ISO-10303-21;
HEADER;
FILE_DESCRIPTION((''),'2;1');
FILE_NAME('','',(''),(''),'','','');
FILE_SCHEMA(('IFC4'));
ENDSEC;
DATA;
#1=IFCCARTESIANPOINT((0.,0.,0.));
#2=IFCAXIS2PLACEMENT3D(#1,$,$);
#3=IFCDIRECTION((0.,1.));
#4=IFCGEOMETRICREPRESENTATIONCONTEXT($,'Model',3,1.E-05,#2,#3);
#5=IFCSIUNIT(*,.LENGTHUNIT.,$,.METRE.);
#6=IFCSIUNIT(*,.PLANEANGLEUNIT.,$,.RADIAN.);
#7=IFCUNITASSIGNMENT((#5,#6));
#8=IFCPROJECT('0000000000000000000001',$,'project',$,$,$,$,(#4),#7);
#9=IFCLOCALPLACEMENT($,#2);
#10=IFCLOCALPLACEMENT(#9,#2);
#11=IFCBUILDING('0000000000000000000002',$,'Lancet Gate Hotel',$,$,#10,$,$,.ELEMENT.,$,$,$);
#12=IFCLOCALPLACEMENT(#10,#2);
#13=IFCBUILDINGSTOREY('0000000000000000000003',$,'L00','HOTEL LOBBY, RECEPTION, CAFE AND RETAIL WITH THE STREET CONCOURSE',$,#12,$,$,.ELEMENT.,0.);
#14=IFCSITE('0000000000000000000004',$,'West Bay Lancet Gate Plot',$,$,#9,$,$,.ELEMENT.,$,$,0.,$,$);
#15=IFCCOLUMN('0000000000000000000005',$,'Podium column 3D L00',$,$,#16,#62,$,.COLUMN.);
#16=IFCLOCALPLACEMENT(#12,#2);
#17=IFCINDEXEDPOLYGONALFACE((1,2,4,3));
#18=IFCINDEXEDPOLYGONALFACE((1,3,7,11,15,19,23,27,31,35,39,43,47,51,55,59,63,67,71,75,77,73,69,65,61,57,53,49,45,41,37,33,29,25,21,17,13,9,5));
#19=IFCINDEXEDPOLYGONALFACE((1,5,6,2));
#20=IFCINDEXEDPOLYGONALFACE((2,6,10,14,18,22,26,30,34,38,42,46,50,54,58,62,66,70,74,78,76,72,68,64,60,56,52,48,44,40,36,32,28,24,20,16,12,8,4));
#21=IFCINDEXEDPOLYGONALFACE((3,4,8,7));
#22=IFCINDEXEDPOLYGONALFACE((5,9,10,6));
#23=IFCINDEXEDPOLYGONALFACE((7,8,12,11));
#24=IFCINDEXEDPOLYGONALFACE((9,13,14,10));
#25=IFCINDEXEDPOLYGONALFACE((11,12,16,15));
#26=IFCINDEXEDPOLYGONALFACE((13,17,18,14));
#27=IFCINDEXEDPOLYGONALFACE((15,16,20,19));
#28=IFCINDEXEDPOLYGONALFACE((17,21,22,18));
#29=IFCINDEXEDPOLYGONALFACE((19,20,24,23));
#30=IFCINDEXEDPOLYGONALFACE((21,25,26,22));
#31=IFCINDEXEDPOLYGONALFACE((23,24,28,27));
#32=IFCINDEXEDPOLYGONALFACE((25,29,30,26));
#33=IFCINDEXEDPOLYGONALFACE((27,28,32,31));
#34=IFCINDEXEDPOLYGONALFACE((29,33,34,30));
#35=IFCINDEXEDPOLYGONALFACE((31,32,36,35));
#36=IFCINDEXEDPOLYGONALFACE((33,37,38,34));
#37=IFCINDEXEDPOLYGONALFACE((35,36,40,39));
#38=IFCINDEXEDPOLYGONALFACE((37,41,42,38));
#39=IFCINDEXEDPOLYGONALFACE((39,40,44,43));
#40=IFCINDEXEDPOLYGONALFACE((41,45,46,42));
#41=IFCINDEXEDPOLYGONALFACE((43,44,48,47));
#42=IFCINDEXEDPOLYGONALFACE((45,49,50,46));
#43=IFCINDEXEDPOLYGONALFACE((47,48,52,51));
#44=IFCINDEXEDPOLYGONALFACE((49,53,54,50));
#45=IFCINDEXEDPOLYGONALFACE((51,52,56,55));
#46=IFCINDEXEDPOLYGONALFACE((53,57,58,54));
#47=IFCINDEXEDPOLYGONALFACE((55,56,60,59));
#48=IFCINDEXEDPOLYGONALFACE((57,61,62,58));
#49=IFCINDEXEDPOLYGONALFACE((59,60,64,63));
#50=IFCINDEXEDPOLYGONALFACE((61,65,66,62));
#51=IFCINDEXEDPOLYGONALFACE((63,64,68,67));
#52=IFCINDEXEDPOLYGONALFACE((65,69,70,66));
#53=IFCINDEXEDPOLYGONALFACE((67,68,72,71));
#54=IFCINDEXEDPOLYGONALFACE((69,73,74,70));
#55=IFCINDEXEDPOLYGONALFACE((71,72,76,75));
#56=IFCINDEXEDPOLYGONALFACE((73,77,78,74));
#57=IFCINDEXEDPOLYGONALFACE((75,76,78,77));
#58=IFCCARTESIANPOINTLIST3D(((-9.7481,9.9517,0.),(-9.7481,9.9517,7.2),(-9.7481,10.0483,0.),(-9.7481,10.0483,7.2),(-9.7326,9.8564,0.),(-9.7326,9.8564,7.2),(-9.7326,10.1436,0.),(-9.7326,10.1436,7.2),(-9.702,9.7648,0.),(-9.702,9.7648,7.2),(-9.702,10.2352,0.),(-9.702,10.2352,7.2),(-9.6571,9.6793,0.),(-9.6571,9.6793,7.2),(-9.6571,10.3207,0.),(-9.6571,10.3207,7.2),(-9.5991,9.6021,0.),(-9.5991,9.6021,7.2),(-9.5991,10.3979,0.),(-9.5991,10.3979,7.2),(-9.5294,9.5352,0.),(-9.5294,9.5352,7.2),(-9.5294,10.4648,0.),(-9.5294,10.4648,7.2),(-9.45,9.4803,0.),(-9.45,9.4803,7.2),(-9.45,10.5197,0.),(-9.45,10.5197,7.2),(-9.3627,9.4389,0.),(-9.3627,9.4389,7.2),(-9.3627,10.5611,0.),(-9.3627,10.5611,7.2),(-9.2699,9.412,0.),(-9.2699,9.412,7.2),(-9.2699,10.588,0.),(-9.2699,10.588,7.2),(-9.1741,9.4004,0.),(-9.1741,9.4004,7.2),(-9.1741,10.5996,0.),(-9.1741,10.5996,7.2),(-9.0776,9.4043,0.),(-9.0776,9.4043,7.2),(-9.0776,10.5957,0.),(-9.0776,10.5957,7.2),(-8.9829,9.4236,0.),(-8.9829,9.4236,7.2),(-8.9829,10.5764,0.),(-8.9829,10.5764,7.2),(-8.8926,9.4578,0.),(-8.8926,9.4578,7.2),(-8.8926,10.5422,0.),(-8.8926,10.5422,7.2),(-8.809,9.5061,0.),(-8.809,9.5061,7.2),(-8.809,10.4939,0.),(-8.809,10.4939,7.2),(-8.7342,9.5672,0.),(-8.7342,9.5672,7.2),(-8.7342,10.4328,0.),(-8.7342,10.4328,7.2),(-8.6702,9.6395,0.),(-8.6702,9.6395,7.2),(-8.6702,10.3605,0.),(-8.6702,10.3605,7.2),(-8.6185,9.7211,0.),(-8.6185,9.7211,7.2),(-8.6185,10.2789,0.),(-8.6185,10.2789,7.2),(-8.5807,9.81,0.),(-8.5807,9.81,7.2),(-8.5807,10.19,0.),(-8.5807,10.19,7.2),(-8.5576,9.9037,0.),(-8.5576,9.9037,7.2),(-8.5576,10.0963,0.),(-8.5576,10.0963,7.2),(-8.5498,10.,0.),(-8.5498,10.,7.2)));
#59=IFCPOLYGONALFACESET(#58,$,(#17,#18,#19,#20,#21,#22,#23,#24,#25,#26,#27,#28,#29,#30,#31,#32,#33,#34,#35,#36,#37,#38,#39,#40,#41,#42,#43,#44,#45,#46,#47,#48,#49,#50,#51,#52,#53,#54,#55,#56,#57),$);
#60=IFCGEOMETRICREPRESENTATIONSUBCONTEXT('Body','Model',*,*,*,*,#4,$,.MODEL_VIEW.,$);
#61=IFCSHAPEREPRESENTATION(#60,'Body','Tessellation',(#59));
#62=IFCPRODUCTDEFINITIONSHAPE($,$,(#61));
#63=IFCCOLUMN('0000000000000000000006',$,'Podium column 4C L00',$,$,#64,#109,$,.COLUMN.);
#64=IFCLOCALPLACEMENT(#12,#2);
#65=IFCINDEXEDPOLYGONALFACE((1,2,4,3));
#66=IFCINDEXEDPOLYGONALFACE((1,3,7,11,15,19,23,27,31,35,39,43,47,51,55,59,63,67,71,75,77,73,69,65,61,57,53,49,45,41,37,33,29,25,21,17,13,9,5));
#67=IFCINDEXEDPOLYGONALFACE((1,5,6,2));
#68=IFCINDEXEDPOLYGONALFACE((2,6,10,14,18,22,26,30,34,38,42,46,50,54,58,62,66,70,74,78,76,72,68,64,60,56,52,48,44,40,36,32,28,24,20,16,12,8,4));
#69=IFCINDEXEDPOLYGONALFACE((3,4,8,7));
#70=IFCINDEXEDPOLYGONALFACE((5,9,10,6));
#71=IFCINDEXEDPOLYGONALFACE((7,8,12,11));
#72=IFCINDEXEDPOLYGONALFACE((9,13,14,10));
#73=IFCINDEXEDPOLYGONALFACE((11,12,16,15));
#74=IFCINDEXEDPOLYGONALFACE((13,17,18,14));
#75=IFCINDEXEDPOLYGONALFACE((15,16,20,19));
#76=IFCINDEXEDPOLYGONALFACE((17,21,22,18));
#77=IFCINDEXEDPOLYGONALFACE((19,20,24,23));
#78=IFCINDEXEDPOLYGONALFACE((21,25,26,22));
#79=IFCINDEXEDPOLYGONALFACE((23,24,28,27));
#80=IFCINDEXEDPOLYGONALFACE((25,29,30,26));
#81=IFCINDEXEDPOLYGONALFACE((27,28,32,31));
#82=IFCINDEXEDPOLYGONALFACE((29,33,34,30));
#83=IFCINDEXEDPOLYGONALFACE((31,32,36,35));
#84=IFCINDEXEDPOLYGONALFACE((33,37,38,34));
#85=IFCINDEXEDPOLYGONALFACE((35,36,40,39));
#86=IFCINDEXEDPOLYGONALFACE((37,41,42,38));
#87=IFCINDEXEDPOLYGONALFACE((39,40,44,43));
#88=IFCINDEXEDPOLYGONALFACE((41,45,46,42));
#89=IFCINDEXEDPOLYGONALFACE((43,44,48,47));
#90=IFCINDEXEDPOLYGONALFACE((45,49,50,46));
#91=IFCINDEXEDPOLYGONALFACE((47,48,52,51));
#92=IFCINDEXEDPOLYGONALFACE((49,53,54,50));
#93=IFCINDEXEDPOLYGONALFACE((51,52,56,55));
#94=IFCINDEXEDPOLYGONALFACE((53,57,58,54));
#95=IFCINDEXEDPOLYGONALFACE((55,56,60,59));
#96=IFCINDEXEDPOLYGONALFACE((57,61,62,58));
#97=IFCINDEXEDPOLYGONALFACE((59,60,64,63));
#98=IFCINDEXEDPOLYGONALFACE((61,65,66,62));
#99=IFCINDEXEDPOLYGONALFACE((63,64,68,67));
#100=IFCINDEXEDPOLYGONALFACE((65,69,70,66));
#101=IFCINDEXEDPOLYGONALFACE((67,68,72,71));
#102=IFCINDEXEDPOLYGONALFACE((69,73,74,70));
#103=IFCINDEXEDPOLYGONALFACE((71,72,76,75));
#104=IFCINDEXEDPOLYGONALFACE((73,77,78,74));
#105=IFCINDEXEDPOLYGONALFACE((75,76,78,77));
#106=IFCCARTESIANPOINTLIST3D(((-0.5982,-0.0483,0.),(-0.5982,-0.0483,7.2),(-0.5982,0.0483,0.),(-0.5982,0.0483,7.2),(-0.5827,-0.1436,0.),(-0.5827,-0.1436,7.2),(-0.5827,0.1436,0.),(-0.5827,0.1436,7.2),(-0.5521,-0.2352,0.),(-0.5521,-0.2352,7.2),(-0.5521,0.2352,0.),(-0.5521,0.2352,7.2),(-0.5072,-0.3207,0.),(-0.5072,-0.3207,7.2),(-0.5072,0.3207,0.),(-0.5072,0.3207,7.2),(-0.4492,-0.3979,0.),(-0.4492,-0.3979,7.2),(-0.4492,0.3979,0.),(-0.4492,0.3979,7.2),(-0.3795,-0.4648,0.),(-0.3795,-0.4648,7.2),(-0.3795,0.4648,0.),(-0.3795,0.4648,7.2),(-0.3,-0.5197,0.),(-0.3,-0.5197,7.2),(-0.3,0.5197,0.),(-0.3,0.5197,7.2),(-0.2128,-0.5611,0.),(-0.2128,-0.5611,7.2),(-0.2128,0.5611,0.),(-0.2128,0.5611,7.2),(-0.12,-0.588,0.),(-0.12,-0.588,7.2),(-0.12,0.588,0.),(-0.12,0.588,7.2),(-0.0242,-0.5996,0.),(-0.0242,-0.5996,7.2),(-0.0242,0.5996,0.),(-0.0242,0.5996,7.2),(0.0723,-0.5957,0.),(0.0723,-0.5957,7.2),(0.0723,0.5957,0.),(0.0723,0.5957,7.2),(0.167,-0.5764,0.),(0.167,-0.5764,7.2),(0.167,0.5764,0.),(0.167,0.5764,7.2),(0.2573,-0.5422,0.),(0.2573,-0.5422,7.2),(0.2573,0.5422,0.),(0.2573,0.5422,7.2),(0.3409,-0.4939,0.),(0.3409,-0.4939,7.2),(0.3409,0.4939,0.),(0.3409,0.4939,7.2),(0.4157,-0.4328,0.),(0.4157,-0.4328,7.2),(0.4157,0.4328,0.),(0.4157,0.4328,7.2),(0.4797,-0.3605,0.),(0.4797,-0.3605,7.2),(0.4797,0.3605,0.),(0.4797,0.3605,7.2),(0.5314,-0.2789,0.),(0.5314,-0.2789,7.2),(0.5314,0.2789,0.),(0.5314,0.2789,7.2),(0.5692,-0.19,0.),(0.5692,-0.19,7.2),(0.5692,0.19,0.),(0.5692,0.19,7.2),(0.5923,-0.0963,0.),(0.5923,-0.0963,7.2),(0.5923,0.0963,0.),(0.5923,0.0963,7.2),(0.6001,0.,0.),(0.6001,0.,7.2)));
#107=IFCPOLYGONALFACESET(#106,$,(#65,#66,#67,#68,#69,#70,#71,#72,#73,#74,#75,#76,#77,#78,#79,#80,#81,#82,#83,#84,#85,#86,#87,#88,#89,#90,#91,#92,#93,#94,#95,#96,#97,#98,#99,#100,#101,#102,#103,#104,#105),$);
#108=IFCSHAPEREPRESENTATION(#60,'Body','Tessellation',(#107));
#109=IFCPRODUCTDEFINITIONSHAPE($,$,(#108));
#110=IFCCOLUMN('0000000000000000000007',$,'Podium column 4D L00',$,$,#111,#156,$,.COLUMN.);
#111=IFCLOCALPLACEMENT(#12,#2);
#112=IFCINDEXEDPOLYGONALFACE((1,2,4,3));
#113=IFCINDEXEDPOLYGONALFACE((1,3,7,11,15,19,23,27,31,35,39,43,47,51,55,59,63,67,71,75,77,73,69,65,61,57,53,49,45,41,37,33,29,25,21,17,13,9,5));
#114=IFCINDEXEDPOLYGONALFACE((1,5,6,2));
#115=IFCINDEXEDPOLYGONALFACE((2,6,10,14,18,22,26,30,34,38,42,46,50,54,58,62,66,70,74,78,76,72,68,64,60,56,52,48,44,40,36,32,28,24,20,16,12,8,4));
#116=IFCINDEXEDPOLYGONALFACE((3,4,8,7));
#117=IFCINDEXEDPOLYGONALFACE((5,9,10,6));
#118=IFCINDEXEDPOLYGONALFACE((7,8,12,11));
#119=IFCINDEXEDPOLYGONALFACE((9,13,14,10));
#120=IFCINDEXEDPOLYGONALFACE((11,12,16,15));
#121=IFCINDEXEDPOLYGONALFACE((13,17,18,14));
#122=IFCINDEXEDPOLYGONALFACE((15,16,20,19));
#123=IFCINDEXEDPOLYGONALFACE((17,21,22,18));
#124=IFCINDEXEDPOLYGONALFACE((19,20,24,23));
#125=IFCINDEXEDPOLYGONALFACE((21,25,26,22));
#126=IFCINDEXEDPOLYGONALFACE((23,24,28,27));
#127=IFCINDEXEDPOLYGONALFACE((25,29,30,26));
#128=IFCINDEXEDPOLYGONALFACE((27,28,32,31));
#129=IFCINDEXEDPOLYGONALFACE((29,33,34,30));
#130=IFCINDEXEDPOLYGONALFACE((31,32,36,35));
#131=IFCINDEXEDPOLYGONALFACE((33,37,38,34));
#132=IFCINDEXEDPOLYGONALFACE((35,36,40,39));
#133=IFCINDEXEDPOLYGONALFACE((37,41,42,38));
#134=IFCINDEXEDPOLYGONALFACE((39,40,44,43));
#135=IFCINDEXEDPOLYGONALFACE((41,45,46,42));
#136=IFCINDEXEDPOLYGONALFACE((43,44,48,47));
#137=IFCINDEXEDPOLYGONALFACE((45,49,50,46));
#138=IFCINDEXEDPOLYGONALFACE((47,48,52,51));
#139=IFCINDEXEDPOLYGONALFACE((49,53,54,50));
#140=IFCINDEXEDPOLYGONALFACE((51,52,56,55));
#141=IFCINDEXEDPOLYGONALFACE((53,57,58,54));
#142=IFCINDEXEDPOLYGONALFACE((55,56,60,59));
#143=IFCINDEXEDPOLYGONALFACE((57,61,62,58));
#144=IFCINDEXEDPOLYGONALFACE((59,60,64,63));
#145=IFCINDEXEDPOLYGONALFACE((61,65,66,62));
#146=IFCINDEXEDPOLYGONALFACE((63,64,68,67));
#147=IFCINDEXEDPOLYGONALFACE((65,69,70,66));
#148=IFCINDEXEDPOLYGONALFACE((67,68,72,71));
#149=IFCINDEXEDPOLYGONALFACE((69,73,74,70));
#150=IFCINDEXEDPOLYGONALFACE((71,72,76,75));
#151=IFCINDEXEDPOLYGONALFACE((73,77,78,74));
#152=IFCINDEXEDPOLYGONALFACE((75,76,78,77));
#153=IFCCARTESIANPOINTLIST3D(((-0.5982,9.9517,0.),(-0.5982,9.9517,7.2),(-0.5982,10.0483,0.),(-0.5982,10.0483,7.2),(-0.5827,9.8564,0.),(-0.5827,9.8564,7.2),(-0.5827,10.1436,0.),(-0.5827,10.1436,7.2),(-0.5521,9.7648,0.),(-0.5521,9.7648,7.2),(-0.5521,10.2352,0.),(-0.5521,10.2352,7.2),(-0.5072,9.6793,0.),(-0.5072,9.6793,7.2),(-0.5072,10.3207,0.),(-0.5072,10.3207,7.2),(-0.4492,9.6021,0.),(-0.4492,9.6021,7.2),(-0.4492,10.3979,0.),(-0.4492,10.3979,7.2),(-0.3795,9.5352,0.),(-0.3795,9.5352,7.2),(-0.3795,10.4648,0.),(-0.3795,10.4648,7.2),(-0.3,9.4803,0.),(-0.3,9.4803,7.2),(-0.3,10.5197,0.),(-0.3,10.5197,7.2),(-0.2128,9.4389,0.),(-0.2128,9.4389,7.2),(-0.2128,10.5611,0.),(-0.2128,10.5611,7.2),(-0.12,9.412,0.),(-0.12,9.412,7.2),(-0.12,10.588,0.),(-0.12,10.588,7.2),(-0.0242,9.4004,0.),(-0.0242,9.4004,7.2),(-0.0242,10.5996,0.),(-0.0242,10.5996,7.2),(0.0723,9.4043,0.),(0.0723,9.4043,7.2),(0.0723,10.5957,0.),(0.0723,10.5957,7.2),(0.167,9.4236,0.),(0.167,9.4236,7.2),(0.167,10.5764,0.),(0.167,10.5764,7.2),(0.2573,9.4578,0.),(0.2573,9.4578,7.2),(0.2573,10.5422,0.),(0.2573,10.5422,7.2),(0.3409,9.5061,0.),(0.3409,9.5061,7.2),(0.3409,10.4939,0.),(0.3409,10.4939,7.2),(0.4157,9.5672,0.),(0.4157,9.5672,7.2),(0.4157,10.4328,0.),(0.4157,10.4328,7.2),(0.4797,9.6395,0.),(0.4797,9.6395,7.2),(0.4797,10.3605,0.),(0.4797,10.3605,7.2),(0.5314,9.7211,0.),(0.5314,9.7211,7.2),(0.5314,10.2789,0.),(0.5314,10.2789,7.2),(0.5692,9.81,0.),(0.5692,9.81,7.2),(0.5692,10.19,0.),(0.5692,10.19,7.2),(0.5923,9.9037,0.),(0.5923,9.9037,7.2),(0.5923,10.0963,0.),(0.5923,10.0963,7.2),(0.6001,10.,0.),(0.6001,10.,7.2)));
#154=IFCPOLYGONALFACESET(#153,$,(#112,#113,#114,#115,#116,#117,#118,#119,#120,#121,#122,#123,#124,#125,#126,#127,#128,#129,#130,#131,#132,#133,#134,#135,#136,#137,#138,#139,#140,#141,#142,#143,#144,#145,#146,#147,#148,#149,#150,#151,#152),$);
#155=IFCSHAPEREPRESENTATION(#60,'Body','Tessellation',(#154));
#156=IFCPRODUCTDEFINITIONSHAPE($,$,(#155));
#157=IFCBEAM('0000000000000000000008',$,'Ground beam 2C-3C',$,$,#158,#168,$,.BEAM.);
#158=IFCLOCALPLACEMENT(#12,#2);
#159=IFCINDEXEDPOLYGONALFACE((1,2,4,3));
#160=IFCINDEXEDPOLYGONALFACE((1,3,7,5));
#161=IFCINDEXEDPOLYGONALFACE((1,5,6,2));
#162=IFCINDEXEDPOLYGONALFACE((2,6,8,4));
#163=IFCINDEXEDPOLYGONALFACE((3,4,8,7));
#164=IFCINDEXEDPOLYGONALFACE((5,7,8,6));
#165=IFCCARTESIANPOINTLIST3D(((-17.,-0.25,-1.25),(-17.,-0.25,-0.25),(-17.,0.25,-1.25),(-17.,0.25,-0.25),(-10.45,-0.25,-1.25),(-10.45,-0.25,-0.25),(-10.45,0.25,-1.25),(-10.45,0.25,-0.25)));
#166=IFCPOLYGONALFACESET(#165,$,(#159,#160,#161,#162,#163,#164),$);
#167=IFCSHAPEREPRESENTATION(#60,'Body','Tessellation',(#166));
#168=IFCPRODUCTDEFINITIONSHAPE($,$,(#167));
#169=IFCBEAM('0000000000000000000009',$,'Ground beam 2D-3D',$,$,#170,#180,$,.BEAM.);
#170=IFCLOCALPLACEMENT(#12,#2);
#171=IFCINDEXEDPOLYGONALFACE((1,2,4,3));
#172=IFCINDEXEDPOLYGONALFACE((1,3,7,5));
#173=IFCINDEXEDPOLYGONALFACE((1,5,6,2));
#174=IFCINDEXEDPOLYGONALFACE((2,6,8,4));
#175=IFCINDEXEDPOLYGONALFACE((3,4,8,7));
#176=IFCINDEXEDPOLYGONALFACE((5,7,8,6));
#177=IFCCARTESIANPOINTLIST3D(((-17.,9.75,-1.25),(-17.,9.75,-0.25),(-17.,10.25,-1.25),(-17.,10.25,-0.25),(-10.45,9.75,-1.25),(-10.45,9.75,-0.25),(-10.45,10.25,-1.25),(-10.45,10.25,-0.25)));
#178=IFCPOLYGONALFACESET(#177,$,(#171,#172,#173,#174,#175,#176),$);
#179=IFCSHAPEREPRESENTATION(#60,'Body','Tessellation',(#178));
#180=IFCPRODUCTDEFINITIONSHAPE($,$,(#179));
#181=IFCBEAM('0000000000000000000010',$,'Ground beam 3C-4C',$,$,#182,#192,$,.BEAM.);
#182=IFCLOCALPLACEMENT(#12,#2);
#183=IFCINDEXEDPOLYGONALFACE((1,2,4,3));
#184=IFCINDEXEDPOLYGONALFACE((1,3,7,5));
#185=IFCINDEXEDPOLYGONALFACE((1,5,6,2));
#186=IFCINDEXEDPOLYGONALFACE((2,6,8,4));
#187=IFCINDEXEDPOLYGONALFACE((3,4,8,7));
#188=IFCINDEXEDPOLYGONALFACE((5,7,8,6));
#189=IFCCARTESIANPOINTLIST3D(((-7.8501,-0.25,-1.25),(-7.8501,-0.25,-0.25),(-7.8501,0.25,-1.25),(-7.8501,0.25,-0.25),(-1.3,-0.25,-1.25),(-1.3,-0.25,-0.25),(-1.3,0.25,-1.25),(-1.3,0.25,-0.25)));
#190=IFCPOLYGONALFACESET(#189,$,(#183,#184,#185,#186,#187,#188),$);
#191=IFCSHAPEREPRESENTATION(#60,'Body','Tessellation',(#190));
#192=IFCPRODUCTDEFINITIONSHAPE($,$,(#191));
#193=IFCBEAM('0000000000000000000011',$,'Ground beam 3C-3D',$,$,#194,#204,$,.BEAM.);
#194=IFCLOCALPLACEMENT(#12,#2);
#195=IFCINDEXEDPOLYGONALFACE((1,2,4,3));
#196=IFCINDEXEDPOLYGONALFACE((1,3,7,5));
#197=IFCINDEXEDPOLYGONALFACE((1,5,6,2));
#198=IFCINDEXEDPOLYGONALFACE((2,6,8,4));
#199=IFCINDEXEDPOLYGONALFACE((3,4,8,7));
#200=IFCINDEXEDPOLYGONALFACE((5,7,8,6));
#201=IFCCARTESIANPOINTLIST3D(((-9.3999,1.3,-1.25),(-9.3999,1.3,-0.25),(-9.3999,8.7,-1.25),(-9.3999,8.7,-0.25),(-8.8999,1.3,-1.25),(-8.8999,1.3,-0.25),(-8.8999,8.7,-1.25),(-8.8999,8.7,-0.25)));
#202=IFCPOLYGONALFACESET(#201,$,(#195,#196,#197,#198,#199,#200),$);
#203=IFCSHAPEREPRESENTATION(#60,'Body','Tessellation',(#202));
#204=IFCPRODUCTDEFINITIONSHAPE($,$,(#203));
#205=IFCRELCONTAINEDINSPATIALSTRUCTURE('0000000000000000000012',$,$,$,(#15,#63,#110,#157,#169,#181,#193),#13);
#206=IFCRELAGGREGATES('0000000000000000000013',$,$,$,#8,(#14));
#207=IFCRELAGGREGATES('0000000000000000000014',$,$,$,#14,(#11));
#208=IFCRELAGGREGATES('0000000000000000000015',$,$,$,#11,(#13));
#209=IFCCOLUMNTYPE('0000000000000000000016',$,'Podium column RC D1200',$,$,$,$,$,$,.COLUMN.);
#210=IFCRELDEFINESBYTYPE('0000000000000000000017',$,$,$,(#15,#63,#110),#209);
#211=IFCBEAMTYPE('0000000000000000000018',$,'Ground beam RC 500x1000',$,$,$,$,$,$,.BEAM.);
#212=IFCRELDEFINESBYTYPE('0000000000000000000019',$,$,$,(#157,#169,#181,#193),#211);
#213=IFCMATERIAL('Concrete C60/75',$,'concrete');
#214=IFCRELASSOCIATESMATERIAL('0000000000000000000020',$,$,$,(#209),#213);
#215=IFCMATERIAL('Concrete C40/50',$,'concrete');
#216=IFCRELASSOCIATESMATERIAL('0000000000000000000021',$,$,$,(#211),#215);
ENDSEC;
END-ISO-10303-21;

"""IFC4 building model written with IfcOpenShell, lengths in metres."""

from ifc_helpers import new_model, si_unit, direction, frame, origin, origin_2d, place, context, subcontext, project, spatial, rectangle, circle, extrude, material, material_profile, profile_set, type_object, element, save


model = new_model("IFC4")

# Units and contexts
model_context = context("Model", 3, precision=1e-05, world=origin(), true_north=direction((0.0, 1.0)))
body_context = subcontext(model_context, "Body", "Model", "MODEL_VIEW")
ifc_project = project(units=[si_unit("LENGTHUNIT", "METRE"), si_unit("PLANEANGLEUNIT", "RADIAN")], contexts=[model_context])

# Site, building, storey
site_placement = place(None, origin())
site = spatial("IfcSite", under=ifc_project, at=site_placement, Name="West Bay Lancet Gate Plot", CompositionType="ELEMENT", RefElevation=0.0)
building_placement = place(site_placement, origin())
building = spatial("IfcBuilding", under=site, at=building_placement, Name="Lancet Gate Hotel", CompositionType="ELEMENT")
storey_placement = place(building_placement, origin())
storey = spatial("IfcBuildingStorey", under=building, at=storey_placement, Name="L00", Description="HOTEL LOBBY, RECEPTION, CAFE AND RETAIL WITH THE STREET CONCOURSE", CompositionType="ELEMENT", Elevation=0.0)

# Columns
ifc_material_1 = material(Name="Concrete C60/75", Category="concrete")
ifc_material_profile_1 = material_profile(ifc_material_1, circle(Radius=0.6001, at=origin_2d()), Name="RC D1200")
ifc_profile_set_1 = profile_set([ifc_material_profile_1], Name="Concrete C60/75")
column_type = type_object("IfcColumnType", Name="Podium column RC D1200", PredefinedType="COLUMN", material=ifc_profile_set_1)
for number, where, z_axis, x_axis, name in (
    (1, (-9.1499, 10.0, 0.0), (0.0, 0.0, 1.0), (1.0, 0.0, 0.0), "Podium column 3D L00"),
    (2, (0.0, 0.0, 0.0), (0.0, 0.0, 1.0), (1.0, 0.0, 0.0), "Podium column 4C L00"),
    (3, (0.0, 10.0, 0.0), (0.0, 0.0, 1.0), (1.0, 0.0, 0.0), "Podium column 4D L00"),
):
    element("IfcColumn", number, at=place(storey_placement, frame(where, z_axis=z_axis, x_axis=x_axis)), inside=storey, type_object=column_type, Name=name, PredefinedType="COLUMN", context=body_context, shape_type="SweptSolid", body=[
        extrude(circle(Radius=0.6001, at=origin_2d()), origin(), (0.0, 0.0, 1.0), 7.2),
    ])

# Beams
ifc_material_2 = material(Name="Concrete C40/50", Category="concrete")
ifc_material_profile_2 = material_profile(ifc_material_2, rectangle(XDim=0.5, YDim=1.0, at=origin_2d()), Name="RC 500x1000")
ifc_profile_set_2 = profile_set([ifc_material_profile_2], Name="Concrete C40/50")
beam_type_1 = type_object("IfcBeamType", Name="Ground beam RC 500x1000", PredefinedType="BEAM", material=ifc_profile_set_2)
for number, where, z_axis, x_axis, name in (
    (4, (-17.0, 0.0, -0.75), (1.0, 0.0, 0.0), (0.0, 1.0, 0.0), "Ground beam 2C-3C"),
    (5, (-17.0, 10.0, -0.75), (1.0, 0.0, 0.0), (0.0, 1.0, 0.0), "Ground beam 2D-3D"),
    (6, (-7.8501, 0.0, -0.75), (1.0, 0.0, 0.0), (0.0, 1.0, 0.0), "Ground beam 3C-4C"),
):
    element("IfcBeam", number, at=place(storey_placement, frame(where, z_axis=z_axis, x_axis=x_axis)), inside=storey, type_object=beam_type_1, Name=name, PredefinedType="BEAM", context=body_context, shape_type="SweptSolid", body=[
        extrude(rectangle(XDim=0.5, YDim=1.0, at=origin_2d()), origin(), (0.0, 0.0, 1.0), 6.55),
    ])
beam_1_placement = place(storey_placement, frame((-9.1499, 1.3, -0.75), z_axis=(0.0, 1.0, 0.0), x_axis=(-1.0, 0.0, 0.0)))
element("IfcBeam", 7, at=beam_1_placement, inside=storey, type_object=beam_type_1, Name="Ground beam 3C-3D", PredefinedType="BEAM", context=body_context, shape_type="SweptSolid", body=[
    extrude(rectangle(XDim=0.5, YDim=1.0, at=origin_2d()), origin(), (0.0, 0.0, 1.0), 7.3999),
])

save(model, "model.ifc")
